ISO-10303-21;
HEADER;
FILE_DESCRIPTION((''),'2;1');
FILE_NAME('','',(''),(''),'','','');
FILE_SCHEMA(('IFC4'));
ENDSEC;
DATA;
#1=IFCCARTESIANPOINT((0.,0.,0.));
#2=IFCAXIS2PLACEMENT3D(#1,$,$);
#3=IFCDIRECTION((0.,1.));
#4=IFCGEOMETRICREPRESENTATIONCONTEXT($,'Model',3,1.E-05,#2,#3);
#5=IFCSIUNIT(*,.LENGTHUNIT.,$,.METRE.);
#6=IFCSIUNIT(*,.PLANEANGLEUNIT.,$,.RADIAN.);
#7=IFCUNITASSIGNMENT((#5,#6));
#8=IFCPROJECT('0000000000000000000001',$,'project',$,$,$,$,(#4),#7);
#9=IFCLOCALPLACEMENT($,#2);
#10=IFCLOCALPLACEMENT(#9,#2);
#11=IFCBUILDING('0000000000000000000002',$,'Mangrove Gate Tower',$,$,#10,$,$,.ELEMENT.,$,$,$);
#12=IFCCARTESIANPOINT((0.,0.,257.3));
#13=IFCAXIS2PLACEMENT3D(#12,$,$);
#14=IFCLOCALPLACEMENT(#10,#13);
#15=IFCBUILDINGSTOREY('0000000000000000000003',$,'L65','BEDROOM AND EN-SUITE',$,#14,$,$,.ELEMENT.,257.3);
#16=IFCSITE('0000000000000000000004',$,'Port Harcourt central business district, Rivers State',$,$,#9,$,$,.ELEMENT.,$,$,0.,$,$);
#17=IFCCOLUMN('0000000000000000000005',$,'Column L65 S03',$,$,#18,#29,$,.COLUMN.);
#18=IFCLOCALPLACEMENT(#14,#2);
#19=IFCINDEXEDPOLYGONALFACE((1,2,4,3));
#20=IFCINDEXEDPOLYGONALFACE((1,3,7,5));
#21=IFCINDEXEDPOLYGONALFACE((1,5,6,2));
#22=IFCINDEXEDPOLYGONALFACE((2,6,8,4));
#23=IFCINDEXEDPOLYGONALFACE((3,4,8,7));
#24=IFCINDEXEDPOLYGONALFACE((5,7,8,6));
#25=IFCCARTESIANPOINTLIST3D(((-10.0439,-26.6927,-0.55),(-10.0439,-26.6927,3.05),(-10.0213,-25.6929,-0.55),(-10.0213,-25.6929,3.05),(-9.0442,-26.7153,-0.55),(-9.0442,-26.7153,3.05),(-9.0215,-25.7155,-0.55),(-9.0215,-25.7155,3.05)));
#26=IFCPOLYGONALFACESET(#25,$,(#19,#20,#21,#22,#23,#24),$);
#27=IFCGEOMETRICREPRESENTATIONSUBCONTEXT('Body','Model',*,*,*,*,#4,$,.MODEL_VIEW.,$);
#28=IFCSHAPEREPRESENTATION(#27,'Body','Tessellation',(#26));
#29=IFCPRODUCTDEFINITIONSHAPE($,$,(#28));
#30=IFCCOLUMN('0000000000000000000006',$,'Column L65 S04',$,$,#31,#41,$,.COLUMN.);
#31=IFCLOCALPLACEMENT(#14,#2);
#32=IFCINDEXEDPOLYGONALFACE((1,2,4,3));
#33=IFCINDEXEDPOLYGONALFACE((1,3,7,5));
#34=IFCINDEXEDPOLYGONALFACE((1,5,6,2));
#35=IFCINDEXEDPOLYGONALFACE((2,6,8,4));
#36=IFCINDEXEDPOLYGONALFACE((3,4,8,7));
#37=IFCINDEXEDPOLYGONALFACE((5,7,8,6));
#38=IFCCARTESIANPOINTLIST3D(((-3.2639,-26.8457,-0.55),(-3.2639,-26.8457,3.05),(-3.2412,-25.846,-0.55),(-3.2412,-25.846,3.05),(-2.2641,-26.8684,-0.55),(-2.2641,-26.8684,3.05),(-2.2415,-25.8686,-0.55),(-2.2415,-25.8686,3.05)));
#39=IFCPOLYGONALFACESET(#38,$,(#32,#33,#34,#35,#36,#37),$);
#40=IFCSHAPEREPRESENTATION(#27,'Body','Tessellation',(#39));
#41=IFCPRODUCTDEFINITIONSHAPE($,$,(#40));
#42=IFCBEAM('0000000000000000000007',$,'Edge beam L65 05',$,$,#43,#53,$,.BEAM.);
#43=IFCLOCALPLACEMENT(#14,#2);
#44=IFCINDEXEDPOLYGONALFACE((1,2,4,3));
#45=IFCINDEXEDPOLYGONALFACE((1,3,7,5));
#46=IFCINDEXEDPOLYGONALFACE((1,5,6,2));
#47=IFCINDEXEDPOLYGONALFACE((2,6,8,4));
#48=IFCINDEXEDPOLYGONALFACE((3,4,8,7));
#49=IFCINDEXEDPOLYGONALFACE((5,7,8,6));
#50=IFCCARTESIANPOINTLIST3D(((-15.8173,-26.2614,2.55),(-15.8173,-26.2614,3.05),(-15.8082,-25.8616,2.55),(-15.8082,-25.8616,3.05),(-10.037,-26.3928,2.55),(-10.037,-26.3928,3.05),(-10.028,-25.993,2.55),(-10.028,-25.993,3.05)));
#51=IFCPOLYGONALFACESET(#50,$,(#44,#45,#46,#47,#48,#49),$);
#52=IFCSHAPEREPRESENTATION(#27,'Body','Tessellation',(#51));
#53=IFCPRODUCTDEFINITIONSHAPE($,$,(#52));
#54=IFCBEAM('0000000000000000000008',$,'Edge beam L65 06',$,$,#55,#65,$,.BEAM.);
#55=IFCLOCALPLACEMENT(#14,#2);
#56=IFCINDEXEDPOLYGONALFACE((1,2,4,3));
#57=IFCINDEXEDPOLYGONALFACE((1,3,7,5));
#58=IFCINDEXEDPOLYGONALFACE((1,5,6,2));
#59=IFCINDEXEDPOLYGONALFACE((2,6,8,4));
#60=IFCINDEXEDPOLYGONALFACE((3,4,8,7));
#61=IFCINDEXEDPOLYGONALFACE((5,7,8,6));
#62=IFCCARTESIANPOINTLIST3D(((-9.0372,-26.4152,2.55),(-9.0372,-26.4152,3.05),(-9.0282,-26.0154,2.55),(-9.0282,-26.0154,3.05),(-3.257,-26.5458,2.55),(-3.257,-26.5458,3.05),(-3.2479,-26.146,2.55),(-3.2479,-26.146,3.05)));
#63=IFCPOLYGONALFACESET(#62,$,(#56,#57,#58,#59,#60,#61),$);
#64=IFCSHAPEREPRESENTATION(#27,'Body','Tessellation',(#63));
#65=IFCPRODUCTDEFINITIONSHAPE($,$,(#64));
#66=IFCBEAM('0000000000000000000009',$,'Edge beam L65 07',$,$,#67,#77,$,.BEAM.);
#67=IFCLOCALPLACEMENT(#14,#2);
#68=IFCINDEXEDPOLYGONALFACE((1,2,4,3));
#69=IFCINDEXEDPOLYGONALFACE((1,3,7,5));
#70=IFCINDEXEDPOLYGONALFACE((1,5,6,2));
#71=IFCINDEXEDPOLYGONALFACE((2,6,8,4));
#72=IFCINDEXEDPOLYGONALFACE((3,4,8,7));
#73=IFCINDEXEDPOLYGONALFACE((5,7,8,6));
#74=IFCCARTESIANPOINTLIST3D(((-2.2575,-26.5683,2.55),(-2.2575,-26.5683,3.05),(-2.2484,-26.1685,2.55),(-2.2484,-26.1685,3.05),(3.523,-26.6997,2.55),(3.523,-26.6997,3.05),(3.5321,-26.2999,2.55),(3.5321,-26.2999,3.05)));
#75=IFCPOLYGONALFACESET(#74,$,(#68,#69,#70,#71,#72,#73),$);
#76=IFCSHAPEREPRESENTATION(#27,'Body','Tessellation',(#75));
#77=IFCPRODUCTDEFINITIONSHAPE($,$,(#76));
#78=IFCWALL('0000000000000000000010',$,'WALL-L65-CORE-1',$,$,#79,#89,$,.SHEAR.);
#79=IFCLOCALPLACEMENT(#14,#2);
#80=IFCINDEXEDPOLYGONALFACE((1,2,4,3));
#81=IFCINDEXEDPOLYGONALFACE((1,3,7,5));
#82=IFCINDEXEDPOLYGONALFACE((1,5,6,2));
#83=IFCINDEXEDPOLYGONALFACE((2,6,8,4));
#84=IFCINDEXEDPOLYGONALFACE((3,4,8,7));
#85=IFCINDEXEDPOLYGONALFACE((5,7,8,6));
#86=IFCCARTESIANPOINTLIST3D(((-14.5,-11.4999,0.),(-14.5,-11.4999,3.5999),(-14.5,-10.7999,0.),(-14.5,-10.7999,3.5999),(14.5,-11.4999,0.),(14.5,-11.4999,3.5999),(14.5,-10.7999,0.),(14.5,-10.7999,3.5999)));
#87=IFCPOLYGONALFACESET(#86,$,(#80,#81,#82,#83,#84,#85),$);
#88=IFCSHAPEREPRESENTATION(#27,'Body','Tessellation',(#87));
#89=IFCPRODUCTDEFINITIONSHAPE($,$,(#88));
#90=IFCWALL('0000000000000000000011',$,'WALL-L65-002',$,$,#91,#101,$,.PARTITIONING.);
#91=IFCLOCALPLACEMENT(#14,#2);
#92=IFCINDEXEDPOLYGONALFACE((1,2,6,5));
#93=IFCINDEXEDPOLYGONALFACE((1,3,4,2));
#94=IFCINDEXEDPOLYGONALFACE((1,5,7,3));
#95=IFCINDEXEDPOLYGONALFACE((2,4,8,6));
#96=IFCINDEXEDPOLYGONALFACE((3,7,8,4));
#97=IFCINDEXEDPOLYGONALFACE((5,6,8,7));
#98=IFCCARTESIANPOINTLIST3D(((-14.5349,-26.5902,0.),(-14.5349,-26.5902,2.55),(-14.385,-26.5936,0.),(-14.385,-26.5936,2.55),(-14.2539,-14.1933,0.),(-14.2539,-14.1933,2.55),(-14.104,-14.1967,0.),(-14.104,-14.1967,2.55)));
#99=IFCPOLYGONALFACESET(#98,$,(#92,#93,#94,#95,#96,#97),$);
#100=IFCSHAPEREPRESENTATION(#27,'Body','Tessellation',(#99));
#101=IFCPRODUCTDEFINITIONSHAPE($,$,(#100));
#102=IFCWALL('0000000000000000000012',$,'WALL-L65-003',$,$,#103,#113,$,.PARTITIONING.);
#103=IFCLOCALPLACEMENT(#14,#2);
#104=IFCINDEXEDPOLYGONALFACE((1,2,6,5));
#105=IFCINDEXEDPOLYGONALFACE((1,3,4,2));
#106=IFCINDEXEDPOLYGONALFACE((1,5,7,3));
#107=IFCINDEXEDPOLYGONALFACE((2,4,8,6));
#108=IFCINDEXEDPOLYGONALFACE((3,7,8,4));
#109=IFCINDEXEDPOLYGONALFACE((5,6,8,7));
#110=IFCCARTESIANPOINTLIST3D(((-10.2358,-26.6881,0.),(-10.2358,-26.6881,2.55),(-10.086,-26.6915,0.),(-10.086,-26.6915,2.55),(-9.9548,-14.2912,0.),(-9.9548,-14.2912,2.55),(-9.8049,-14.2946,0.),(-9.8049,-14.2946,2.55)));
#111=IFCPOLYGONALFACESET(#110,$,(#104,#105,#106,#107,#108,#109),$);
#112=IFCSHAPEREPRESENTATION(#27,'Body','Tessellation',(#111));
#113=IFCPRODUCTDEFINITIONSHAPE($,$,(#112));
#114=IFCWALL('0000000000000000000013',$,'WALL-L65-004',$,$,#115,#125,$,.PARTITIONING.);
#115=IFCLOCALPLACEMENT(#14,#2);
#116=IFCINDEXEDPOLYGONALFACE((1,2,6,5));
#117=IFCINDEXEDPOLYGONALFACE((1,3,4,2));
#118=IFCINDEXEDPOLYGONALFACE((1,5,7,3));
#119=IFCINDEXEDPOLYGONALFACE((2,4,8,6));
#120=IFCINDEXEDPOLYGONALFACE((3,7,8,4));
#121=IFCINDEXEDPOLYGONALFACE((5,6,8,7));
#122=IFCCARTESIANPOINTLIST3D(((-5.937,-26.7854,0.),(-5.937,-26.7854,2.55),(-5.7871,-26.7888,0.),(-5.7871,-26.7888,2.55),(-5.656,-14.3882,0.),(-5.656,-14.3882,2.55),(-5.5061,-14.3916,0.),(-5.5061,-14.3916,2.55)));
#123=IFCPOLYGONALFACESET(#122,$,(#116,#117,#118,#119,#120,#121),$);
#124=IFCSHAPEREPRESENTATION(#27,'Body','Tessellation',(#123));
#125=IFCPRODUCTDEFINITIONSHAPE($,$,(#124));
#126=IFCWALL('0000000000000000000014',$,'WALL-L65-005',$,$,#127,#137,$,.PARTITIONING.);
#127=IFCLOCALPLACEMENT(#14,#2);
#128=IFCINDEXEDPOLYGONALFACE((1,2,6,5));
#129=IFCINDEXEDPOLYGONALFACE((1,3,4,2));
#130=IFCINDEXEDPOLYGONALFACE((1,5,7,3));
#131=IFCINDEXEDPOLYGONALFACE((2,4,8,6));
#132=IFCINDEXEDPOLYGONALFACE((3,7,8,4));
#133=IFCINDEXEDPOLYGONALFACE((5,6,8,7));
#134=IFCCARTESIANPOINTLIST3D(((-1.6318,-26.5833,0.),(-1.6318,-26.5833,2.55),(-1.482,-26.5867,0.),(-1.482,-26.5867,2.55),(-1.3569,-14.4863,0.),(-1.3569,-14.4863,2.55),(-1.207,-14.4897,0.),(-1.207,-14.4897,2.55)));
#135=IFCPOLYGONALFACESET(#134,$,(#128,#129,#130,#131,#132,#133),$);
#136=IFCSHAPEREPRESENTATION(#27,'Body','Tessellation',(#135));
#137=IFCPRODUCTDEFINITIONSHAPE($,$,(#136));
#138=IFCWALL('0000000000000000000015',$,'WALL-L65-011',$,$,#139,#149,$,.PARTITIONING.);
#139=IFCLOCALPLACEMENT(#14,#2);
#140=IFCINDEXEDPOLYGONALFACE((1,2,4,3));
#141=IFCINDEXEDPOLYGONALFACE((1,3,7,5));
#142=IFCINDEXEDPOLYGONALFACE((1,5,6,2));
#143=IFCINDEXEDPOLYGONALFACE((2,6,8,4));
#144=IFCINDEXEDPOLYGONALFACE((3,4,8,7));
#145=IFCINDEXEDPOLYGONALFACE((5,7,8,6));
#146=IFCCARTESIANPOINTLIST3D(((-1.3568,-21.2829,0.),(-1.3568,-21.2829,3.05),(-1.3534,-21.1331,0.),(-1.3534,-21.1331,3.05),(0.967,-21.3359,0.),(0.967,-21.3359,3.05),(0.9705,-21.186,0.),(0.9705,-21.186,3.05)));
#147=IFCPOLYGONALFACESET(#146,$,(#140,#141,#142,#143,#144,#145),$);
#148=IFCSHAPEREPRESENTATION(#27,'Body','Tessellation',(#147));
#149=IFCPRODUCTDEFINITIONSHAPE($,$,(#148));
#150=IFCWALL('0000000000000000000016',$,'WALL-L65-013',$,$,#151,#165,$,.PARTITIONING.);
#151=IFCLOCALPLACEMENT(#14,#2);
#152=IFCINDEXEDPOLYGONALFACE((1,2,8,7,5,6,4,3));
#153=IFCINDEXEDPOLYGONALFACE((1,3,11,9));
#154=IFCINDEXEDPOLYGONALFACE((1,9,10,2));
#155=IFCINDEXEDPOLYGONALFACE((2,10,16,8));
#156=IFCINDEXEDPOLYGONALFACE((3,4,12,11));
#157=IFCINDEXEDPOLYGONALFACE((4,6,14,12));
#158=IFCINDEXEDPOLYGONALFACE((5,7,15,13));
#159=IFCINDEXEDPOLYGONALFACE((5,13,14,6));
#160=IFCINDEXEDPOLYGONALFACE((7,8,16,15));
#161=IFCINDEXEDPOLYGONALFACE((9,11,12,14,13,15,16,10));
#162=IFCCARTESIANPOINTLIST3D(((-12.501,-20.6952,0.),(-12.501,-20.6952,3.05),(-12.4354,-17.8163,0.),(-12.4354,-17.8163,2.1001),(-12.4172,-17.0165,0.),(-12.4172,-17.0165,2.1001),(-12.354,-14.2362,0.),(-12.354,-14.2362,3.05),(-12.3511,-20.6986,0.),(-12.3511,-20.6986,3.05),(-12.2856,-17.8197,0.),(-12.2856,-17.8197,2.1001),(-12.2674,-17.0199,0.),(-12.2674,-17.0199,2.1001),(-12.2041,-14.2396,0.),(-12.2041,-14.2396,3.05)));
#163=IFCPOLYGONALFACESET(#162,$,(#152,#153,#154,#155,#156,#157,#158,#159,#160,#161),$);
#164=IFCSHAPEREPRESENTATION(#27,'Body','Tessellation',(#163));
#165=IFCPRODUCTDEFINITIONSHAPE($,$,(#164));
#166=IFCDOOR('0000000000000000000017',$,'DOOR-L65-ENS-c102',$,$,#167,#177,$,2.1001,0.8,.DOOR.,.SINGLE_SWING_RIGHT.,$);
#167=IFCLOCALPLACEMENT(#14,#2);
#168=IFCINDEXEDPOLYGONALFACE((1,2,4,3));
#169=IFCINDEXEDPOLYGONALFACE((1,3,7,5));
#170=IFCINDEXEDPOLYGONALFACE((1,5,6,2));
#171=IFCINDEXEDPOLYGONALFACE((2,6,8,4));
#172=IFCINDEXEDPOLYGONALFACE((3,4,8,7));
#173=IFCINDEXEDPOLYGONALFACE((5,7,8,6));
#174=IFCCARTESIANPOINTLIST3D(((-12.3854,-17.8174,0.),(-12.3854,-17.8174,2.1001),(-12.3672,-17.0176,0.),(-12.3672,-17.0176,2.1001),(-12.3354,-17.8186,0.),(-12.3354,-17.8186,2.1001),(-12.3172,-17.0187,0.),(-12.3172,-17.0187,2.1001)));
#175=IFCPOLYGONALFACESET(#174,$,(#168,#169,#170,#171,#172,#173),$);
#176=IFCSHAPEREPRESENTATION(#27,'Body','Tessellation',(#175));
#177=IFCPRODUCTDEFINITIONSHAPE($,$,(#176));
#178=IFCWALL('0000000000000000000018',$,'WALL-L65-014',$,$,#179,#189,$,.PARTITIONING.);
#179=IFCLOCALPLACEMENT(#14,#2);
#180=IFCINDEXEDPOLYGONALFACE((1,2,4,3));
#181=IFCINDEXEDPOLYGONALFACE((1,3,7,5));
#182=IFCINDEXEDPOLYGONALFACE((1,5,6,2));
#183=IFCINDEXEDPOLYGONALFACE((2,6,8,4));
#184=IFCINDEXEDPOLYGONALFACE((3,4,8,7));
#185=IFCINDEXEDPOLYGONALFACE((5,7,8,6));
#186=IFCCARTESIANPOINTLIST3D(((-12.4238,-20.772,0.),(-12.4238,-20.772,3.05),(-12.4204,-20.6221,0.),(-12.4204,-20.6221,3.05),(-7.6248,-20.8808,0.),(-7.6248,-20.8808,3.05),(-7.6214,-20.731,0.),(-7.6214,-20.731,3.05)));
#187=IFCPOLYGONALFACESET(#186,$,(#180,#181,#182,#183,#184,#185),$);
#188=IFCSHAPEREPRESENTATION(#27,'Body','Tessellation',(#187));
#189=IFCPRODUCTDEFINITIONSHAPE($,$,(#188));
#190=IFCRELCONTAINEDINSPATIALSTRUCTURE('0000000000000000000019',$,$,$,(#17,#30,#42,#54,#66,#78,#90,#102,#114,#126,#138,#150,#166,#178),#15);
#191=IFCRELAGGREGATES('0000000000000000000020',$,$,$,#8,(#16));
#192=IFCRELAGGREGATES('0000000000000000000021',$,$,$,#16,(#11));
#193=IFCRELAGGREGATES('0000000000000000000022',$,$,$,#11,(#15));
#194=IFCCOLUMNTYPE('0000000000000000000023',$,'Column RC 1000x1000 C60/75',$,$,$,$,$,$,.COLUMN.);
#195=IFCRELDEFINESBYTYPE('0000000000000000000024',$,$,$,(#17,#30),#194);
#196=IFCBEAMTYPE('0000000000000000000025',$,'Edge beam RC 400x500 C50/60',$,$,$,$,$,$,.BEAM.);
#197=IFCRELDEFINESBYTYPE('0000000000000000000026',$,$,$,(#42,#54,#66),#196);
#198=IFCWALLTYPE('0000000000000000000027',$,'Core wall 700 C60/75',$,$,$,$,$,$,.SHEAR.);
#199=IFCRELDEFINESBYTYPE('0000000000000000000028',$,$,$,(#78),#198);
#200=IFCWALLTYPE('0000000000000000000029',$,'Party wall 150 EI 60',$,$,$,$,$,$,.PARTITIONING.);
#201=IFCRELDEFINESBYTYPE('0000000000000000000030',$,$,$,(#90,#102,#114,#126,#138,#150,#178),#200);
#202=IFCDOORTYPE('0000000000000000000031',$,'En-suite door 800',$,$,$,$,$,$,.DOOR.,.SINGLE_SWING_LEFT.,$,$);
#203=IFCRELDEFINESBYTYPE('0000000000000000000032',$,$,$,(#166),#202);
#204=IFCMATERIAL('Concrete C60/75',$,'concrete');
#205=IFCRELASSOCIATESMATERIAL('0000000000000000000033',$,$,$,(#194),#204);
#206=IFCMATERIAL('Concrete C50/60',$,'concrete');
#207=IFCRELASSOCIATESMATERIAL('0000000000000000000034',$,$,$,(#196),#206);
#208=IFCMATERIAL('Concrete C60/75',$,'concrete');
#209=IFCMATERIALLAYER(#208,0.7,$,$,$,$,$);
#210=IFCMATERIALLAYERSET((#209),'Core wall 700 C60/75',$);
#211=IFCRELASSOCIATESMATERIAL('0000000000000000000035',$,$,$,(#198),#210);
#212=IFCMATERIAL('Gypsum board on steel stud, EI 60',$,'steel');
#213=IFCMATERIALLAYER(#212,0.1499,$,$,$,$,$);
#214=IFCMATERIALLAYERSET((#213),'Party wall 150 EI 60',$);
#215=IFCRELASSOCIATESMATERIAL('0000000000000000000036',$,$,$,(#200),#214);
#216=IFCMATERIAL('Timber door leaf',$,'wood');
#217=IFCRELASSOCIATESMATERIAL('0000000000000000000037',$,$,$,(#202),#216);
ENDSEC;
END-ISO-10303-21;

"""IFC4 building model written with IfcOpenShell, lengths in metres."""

from ifc_helpers import new_model, si_unit, direction, frame, frame_2d, origin, origin_2d, place, context, subcontext, project, spatial, rectangle, extrude, material, layer, layer_set, material_profile, profile_set, type_object, element, fill, save


model = new_model("IFC4")

# Units and contexts
model_context = context("Model", 3, precision=1e-05, world=origin(), true_north=direction((0.0, 1.0)))
body_context = subcontext(model_context, "Body", "Model", "MODEL_VIEW")
ifc_project = project(units=[si_unit("LENGTHUNIT", "METRE"), si_unit("PLANEANGLEUNIT", "RADIAN")], contexts=[model_context])

# Site, building, storey
site_placement = place(None, origin())
site = spatial("IfcSite", under=ifc_project, at=site_placement, Name="Port Harcourt central business district, Rivers State", CompositionType="ELEMENT", RefElevation=0.0)
building_placement = place(site_placement, origin())
building = spatial("IfcBuilding", under=site, at=building_placement, Name="Mangrove Gate Tower", CompositionType="ELEMENT")
storey_placement = place(building_placement, frame((0.0, 0.0, 257.3)))
storey = spatial("IfcBuildingStorey", under=building, at=storey_placement, Name="L65", Description="BEDROOM AND EN-SUITE", CompositionType="ELEMENT", Elevation=257.3)

# Columns
ifc_material_1 = material(Name="Concrete C60/75", Category="concrete")
ifc_material_profile_1 = material_profile(ifc_material_1, rectangle(XDim=1.0, YDim=1.0, at=origin_2d()))
ifc_profile_set_1 = profile_set([ifc_material_profile_1], Name="Concrete C60/75")
column_type = type_object("IfcColumnType", Name="Column RC 1000x1000 C60/75", PredefinedType="COLUMN", material=ifc_profile_set_1)
for number, where, z_axis, x_axis, name in (
    (1, (-9.5327, -26.2041, -0.55), (0.0, 0.0, 1.0), (0.999744, -0.022634, 0.0), "Column L65 S03"),
    (2, (-2.7527, -26.3572, -0.55), (0.0, 0.0, 1.0), (0.999744, -0.022634, 0.0), "Column L65 S04"),
):
    element("IfcColumn", number, at=place(storey_placement, frame(where, z_axis=z_axis, x_axis=x_axis)), inside=storey, type_object=column_type, Name=name, PredefinedType="COLUMN", context=body_context, shape_type="SweptSolid", body=[
        extrude(rectangle(XDim=1.0, YDim=1.0, at=origin_2d()), origin(), (0.0, 0.0, 1.0), 3.6001),
    ])

# Beams
ifc_material_2 = material(Name="Concrete C50/60", Category="concrete")
ifc_material_profile_2 = material_profile(ifc_material_2, rectangle(XDim=0.3999, YDim=0.5, at=origin_2d()))
ifc_profile_set_2 = profile_set([ifc_material_profile_2], Name="Concrete C50/60")
beam_type = type_object("IfcBeamType", Name="Edge beam RC 400x500 C50/60", PredefinedType="BEAM", material=ifc_profile_set_2)
for number, where, z_axis, x_axis, name in (
    (3, (-15.8127, -26.0615, 2.8), (0.999742, -0.022718, 0.0), (0.022718, 0.999742, 0.0), "Edge beam L65 05"),
    (4, (-9.0327, -26.2153, 2.8), (0.999745, -0.022591, 0.0), (0.022591, 0.999745, 0.0), "Edge beam L65 06"),
):
    element("IfcBeam", number, at=place(storey_placement, frame(where, z_axis=z_axis, x_axis=x_axis)), inside=storey, type_object=beam_type, Name=name, PredefinedType="BEAM", context=body_context, shape_type="SweptSolid", body=[
        extrude(rectangle(XDim=0.3999, YDim=0.5, at=origin_2d()), origin(), (0.0, 0.0, 1.0), 5.7817),
    ])
beam_placement = place(storey_placement, frame((-2.2529, -26.3684, 2.8), z_axis=(0.999742, -0.022717, 0.0), x_axis=(0.022717, 0.999742, 0.0)))
element("IfcBeam", 5, at=beam_placement, inside=storey, type_object=beam_type, Name="Edge beam L65 07", PredefinedType="BEAM", context=body_context, shape_type="SweptSolid", body=[
    extrude(rectangle(XDim=0.3999, YDim=0.5, at=origin_2d()), origin(), (0.0, 0.0, 1.0), 5.782),
])

# Walls
ifc_material_3 = material(Name="Concrete C60/75", Category="concrete")
ifc_layer_1 = layer(ifc_material_3, 0.7)
ifc_layer_set_1 = layer_set([ifc_layer_1], Name="Core wall 700 C60/75")
wall_type_1 = type_object("IfcWallType", Name="Core wall 700 C60/75", PredefinedType="SHEAR", material=ifc_layer_set_1)
wall_1_placement = place(storey_placement, frame((-14.5, -11.1499, 0.0), z_axis=(0.0, 0.0, 1.0), x_axis=(1.0, 0.0, 0.0)))
element("IfcWall", 6, at=wall_1_placement, inside=storey, type_object=wall_type_1, Name="WALL-L65-CORE-1", PredefinedType="SHEAR", context=body_context, shape_type="SweptSolid", body=[
    extrude(rectangle(XDim=29.0, YDim=0.7, at=frame_2d((14.5, 0.0))), origin(), (0.0, 0.0, 1.0), 3.5999),
])
ifc_material_4 = material(Name="Gypsum board on steel stud, EI 60", Category="steel")
ifc_layer_2 = layer(ifc_material_4, 0.1499)
ifc_layer_set_2 = layer_set([ifc_layer_2], Name="Party wall 150 EI 60")
wall_type_2 = type_object("IfcWallType", Name="Party wall 150 EI 60", PredefinedType="PARTITIONING", material=ifc_layer_set_2)
for number, where, z_axis, x_axis, name in (
    (7, (-14.46, -26.592, 0.0), (0.0, 0.0, 1.0), (0.022661, 0.999743, 0.0), "WALL-L65-002"),
    (8, (-10.1609, -26.6899, 0.0), (0.0, 0.0, 1.0), (0.022661, 0.999743, 0.0), "WALL-L65-003"),
):
    element("IfcWall", number, at=place(storey_placement, frame(where, z_axis=z_axis, x_axis=x_axis)), inside=storey, type_object=wall_type_2, Name=name, PredefinedType="PARTITIONING", context=body_context, shape_type="SweptSolid", body=[
        extrude(rectangle(XDim=12.4001, YDim=0.1499, at=frame_2d((6.2002, 0.0))), origin(), (0.0, 0.0, 1.0), 2.55),
    ])
wall_2_placement = place(storey_placement, frame((-5.8621, -26.7871, 0.0), z_axis=(0.0, 0.0, 1.0), x_axis=(0.022661, 0.999743, 0.0)))
element("IfcWall", 9, at=wall_2_placement, inside=storey, type_object=wall_type_2, Name="WALL-L65-004", PredefinedType="PARTITIONING", context=body_context, shape_type="SweptSolid", body=[
    extrude(rectangle(XDim=12.4004, YDim=0.1499, at=frame_2d((6.2002, 0.0))), origin(), (0.0, 0.0, 1.0), 2.55),
])
wall_3_placement = place(storey_placement, frame((-1.5569, -26.585, 0.0), z_axis=(0.0, 0.0, 1.0), x_axis=(0.022719, 0.999742, 0.0)))
element("IfcWall", 10, at=wall_3_placement, inside=storey, type_object=wall_type_2, Name="WALL-L65-005", PredefinedType="PARTITIONING", context=body_context, shape_type="SweptSolid", body=[
    extrude(rectangle(XDim=12.1001, YDim=0.1499, at=frame_2d((6.05, 0.0))), origin(), (0.0, 0.0, 1.0), 2.55),
])
wall_4_placement = place(storey_placement, frame((-1.355, -21.208, 0.0), z_axis=(0.0, 0.0, 1.0), x_axis=(0.99974, -0.022791, 0.0)))
element("IfcWall", 11, at=wall_4_placement, inside=storey, type_object=wall_type_2, Name="WALL-L65-011", PredefinedType="PARTITIONING", context=body_context, shape_type="SweptSolid", body=[
    extrude(rectangle(XDim=2.3245, YDim=0.1499, at=frame_2d((1.1621, 0.0))), origin(), (0.0, 0.0, 1.0), 3.05),
])

# Wall, opening, door
wall_5_placement = place(storey_placement, frame((-12.426, -20.697, 0.0), z_axis=(0.0, 0.0, 1.0), x_axis=(0.022749, 0.999741, 0.0)))
wall_5 = element("IfcWall", 12, at=wall_5_placement, inside=storey, type_object=wall_type_2, Name="WALL-L65-013", PredefinedType="PARTITIONING", context=body_context, shape_type="SweptSolid", body=[
    extrude(rectangle(XDim=6.4607, YDim=0.1499, at=frame_2d((3.2305, 0.0))), origin(), (0.0, 0.0, 1.0), 3.05),
])
opening_1_placement = place(wall_5_placement, frame((2.8799, 0.0, 0.0)))
opening_1 = element("IfcOpeningElement", 13, at=opening_1_placement, cuts=wall_5, PredefinedType="OPENING", context=body_context, shape_type="SweptSolid", body=[
    extrude(rectangle(XDim=0.8, YDim=2.1001, at=frame_2d((0.3999, 1.05))), frame((0.0, 0.085, 0.0), z_axis=(0.0, -1.0, 0.0), x_axis=(1.0, 0.0, 0.0)), (0.0, 0.0, 1.0), 0.1699),
])
ifc_material_5 = material(Name="Timber door leaf", Category="wood")
door_type = type_object("IfcDoorType", Name="En-suite door 800", OperationType="SINGLE_SWING_LEFT", PredefinedType="DOOR", material=ifc_material_5)
door_1_placement = place(opening_1_placement, origin())
door_1 = element("IfcDoor", 14, at=door_1_placement, inside=storey, type_object=door_type, Name="DOOR-L65-ENS-c102", OperationType="SINGLE_SWING_RIGHT", OverallHeight=2.1001, OverallWidth=0.8, PredefinedType="DOOR", context=body_context, shape_type="SweptSolid", body=[
    extrude(rectangle(XDim=0.8, YDim=2.1001, at=frame_2d((0.3999, 1.05))), frame((0.0, 0.0249, 0.0), z_axis=(0.0, -1.0, 0.0), x_axis=(1.0, 0.0, 0.0)), (0.0, 0.0, 1.0), 0.05),
])
fill(opening_1, door_1)

# Wall
wall_6_placement = place(storey_placement, frame((-12.4221, -20.697, 0.0), z_axis=(0.0, 0.0, 1.0), x_axis=(0.999743, -0.022683, 0.0)))
element("IfcWall", 15, at=wall_6_placement, inside=storey, type_object=wall_type_2, Name="WALL-L65-014", PredefinedType="PARTITIONING", context=body_context, shape_type="SweptSolid", body=[
    extrude(rectangle(XDim=4.8003, YDim=0.1499, at=frame_2d((2.4001, 0.0))), origin(), (0.0, 0.0, 1.0), 3.05),
])

save(model, "model.ifc")
